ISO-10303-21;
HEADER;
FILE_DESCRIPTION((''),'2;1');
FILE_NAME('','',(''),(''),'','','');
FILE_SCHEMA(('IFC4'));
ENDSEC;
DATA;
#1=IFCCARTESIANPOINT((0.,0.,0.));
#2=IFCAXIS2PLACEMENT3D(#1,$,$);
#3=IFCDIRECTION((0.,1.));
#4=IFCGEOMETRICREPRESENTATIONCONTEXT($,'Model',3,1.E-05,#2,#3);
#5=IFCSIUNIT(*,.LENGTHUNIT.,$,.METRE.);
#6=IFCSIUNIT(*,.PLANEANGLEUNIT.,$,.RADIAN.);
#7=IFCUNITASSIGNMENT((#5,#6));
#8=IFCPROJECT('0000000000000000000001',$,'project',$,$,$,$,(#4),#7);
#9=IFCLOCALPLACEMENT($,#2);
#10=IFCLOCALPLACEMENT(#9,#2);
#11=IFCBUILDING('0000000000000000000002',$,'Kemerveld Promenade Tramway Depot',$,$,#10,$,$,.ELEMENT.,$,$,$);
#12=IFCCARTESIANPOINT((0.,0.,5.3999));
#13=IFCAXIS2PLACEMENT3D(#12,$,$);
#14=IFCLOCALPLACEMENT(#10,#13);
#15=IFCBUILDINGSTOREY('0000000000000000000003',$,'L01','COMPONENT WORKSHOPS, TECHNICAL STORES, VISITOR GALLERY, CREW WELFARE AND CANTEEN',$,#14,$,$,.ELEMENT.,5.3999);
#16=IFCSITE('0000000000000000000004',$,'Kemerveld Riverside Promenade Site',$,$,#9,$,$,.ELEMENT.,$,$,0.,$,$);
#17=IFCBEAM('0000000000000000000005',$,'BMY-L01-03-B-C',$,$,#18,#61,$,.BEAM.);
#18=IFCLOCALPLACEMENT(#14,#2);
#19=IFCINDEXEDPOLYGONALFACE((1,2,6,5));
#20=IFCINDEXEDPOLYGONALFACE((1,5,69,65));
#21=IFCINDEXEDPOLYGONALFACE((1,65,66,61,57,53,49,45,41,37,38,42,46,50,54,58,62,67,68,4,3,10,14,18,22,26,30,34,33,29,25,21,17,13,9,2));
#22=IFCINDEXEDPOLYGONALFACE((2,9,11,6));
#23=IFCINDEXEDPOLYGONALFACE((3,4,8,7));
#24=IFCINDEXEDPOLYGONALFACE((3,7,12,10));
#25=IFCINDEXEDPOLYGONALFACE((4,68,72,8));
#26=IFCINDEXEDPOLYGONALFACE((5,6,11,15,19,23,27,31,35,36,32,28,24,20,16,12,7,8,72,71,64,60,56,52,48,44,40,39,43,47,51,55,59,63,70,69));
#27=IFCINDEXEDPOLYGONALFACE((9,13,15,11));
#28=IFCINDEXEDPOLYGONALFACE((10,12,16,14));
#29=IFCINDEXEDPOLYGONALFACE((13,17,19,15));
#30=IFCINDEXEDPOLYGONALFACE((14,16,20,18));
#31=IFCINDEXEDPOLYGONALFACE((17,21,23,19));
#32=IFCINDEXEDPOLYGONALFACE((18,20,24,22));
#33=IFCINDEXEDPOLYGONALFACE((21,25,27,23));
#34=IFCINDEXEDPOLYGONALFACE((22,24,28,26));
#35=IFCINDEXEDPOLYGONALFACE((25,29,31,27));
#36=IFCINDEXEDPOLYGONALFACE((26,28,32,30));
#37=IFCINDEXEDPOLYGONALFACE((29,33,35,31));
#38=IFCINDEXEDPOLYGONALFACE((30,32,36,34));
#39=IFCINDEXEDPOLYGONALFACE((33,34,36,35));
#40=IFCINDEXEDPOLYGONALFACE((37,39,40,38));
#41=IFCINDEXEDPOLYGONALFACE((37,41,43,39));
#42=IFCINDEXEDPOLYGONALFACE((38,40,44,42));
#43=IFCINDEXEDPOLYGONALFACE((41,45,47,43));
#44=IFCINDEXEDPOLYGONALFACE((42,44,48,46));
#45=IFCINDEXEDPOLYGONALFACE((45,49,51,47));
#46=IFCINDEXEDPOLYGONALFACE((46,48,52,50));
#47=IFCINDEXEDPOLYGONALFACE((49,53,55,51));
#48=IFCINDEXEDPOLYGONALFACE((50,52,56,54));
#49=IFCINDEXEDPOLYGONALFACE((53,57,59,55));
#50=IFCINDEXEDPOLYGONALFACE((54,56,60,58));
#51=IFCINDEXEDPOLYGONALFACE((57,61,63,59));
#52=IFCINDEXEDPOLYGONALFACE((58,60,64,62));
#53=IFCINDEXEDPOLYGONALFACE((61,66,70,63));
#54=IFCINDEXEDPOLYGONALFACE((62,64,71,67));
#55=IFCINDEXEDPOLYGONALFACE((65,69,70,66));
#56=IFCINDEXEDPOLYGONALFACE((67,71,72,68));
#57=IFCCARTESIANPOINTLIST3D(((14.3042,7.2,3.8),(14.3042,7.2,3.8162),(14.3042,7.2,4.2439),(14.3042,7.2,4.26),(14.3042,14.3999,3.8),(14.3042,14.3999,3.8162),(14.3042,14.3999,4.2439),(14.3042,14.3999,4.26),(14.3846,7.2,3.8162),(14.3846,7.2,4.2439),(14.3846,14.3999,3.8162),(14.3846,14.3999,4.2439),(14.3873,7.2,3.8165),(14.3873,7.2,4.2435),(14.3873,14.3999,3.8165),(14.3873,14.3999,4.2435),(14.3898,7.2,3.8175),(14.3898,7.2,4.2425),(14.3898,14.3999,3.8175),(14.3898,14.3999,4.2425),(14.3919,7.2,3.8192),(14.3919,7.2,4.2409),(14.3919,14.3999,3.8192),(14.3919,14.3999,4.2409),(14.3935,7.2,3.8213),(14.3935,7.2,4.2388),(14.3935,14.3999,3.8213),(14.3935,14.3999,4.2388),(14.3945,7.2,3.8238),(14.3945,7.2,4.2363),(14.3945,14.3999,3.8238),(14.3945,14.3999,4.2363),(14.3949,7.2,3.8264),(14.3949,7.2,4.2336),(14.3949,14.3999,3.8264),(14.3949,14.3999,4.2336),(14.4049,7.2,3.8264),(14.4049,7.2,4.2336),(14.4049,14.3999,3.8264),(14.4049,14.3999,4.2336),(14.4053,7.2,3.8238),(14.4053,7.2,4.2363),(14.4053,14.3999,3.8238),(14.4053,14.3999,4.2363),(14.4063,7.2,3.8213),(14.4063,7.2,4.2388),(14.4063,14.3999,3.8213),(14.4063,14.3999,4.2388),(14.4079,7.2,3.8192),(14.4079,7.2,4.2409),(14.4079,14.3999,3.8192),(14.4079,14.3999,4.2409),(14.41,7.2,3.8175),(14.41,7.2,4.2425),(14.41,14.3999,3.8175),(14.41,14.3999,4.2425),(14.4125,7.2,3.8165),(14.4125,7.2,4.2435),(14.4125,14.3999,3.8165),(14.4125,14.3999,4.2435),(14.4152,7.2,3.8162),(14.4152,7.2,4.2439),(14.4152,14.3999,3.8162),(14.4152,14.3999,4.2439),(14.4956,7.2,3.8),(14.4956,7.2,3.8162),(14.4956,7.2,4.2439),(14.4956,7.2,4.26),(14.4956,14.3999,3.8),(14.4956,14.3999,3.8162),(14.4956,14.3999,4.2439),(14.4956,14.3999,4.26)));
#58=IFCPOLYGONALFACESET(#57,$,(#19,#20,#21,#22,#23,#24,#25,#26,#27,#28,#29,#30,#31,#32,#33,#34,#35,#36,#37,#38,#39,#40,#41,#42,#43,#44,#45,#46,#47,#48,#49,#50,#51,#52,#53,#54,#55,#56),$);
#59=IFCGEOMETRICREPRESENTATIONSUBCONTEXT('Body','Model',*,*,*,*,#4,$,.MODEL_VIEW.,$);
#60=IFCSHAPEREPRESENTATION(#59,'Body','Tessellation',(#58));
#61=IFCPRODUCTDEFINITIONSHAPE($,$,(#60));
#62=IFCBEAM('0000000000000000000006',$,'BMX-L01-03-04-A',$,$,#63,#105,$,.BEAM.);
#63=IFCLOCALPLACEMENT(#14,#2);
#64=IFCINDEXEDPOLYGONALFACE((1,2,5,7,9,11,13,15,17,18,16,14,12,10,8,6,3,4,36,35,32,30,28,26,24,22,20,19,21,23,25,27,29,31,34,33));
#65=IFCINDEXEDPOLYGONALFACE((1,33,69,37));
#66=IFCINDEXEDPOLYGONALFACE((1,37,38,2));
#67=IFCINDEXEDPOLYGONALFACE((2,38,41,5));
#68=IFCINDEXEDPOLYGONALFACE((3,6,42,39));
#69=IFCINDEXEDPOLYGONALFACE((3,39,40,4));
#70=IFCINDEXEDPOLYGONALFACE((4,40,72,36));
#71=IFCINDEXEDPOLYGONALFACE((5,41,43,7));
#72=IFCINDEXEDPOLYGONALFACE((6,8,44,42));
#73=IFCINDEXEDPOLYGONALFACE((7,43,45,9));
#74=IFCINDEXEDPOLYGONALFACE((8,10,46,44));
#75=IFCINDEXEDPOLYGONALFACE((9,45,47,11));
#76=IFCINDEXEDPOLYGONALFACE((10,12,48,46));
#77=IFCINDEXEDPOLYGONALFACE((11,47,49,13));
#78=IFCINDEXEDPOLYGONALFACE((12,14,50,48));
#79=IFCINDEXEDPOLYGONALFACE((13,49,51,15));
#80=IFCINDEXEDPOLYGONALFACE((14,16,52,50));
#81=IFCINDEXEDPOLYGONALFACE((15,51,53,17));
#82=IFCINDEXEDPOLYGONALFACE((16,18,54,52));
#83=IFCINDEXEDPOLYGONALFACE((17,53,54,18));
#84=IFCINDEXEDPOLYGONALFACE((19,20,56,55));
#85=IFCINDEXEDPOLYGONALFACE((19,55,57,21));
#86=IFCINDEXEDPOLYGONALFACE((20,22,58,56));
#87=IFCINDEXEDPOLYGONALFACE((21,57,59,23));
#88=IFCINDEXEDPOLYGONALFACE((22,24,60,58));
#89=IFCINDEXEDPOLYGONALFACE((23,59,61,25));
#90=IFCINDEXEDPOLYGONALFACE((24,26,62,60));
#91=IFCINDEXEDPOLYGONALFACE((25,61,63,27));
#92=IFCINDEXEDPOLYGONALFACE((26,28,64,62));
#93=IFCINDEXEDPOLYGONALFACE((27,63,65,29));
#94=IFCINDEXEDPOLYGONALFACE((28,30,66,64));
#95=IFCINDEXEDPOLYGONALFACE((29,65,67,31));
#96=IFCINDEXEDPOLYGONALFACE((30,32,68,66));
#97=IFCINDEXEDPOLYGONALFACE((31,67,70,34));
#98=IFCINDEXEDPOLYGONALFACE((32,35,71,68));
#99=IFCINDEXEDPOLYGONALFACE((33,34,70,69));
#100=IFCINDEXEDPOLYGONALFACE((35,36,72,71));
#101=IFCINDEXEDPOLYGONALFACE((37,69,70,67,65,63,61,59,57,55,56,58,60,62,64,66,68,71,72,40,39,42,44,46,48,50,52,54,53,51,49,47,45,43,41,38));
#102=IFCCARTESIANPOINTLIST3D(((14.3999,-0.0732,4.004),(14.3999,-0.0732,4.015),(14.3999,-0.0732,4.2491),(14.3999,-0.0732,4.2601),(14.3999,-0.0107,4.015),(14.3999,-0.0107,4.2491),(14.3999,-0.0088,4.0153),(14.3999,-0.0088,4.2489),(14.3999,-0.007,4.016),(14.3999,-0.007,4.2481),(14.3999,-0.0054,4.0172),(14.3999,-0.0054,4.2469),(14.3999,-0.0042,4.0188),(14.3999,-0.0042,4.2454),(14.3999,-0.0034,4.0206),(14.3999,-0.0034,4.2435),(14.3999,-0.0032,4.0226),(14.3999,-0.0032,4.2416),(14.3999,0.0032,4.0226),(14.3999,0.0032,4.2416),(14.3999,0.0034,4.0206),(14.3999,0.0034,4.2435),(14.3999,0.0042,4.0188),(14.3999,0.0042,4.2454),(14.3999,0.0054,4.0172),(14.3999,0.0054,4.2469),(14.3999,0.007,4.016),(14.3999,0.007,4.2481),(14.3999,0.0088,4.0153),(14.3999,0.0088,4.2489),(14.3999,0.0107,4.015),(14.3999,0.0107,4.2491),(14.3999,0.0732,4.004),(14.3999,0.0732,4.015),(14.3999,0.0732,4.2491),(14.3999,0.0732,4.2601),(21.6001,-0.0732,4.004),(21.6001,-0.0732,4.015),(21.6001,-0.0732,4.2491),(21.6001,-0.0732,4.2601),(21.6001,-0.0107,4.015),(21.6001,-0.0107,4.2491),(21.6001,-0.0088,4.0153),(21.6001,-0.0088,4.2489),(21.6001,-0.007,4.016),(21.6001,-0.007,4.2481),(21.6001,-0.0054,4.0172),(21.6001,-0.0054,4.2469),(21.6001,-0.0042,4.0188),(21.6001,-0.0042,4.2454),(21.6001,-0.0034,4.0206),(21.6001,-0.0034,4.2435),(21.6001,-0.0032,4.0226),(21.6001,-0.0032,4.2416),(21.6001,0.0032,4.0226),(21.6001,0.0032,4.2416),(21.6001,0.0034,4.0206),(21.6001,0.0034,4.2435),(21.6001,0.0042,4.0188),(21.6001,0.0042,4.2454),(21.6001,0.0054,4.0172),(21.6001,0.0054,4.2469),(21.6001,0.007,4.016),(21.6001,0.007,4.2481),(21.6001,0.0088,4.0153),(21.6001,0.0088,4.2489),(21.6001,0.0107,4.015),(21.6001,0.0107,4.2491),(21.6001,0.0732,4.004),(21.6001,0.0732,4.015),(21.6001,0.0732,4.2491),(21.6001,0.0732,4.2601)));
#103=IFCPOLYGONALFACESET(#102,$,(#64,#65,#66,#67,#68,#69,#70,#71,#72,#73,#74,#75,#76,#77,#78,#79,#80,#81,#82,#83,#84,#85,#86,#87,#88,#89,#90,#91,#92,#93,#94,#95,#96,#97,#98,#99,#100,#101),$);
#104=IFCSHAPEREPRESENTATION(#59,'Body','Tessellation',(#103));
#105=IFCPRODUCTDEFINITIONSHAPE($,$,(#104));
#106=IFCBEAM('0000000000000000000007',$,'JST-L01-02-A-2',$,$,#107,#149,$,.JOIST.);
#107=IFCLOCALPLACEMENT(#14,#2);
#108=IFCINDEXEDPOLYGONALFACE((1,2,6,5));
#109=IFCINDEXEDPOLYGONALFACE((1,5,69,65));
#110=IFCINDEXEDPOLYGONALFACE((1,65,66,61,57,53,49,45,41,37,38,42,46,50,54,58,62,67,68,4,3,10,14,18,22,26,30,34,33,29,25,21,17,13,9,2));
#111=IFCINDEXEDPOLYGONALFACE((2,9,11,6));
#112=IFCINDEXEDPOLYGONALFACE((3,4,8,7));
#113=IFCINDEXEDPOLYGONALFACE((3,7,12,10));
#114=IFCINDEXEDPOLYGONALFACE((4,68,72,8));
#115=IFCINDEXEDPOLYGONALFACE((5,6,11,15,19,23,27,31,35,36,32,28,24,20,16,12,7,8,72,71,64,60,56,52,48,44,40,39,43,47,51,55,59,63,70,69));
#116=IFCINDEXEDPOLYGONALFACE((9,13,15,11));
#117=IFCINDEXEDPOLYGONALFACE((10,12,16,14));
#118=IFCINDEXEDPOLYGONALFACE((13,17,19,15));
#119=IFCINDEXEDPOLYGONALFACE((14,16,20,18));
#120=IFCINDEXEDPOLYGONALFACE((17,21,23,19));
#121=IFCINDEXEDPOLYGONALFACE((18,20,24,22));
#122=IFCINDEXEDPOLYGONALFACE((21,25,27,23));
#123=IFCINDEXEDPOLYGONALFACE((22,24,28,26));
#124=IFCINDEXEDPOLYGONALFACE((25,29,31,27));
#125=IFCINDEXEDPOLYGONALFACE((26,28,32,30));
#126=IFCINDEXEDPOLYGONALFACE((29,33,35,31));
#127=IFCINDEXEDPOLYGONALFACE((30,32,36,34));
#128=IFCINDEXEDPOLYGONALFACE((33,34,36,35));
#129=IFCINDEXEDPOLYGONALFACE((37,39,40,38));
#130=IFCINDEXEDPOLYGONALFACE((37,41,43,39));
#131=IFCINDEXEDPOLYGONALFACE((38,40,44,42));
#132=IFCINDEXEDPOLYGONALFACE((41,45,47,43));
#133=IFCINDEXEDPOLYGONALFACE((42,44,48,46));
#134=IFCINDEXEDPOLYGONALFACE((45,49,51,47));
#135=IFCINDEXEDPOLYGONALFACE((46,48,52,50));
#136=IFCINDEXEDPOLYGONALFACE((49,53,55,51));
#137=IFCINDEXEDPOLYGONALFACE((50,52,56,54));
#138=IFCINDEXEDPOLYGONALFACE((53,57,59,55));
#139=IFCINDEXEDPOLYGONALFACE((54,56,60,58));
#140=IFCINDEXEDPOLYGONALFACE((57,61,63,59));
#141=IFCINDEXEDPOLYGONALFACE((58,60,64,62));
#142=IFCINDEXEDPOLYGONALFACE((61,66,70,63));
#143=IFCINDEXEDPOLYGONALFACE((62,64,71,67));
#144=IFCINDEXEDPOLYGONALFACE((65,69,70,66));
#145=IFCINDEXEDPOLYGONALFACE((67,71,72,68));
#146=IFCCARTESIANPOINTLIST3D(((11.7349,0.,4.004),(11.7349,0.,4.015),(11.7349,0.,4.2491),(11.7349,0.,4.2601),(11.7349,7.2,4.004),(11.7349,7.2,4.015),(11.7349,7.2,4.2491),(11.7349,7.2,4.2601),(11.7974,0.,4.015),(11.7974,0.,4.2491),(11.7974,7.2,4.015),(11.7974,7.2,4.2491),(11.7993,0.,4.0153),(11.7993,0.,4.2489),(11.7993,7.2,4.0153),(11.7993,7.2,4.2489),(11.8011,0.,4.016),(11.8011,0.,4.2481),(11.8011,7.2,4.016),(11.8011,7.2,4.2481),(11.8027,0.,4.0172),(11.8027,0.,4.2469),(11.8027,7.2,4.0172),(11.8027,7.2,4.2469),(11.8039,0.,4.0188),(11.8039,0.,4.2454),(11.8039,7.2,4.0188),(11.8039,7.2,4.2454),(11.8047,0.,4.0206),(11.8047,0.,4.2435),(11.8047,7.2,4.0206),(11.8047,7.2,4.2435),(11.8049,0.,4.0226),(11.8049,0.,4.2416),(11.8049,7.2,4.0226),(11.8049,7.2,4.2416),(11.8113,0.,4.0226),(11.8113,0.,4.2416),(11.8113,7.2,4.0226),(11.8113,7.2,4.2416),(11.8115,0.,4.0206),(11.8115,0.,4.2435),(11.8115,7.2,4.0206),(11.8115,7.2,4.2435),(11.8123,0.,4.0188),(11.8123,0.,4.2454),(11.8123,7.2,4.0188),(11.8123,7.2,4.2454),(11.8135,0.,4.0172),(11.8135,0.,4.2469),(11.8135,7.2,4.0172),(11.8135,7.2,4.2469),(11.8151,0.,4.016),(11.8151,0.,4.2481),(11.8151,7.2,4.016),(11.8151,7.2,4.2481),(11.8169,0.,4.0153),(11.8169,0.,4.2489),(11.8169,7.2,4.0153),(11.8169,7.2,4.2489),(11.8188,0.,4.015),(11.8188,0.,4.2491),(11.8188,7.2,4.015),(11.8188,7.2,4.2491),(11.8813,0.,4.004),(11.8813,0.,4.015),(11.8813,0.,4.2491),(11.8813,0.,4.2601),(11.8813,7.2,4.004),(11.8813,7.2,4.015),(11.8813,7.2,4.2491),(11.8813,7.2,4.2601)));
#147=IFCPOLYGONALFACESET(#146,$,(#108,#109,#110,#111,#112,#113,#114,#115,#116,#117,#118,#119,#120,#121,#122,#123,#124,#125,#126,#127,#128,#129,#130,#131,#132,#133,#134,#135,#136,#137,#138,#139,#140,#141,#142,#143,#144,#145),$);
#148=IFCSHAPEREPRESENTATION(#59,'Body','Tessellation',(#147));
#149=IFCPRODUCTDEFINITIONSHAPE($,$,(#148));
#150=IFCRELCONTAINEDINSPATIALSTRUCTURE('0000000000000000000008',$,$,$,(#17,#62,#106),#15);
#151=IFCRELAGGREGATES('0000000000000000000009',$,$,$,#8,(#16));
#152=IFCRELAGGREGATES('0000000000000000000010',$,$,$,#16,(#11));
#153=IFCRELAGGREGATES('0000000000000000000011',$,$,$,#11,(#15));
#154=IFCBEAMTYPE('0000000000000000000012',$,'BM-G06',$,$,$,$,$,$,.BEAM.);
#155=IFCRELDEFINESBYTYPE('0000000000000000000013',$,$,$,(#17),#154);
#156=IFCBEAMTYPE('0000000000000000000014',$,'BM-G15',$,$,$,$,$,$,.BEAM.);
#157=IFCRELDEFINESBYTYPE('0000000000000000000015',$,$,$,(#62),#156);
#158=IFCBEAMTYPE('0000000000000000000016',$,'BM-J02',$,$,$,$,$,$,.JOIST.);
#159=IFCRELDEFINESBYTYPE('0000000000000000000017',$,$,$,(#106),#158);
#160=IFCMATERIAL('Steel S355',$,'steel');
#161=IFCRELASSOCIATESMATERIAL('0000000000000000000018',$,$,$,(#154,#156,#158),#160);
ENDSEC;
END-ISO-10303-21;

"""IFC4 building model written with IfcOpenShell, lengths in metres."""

from ifc_helpers import new_model, si_unit, direction, frame, origin, origin_2d, place, context, subcontext, project, spatial, i_section, extrude, material, material_profile, profile_set, type_object, element, save


model = new_model("IFC4")

# Units and contexts
model_context = context("Model", 3, precision=1e-05, world=origin(), true_north=direction((0.0, 1.0)))
body_context = subcontext(model_context, "Body", "Model", "MODEL_VIEW")
ifc_project = project(units=[si_unit("LENGTHUNIT", "METRE"), si_unit("PLANEANGLEUNIT", "RADIAN")], contexts=[model_context])

# Site, building, storey
site_placement = place(None, origin())
site = spatial("IfcSite", under=ifc_project, at=site_placement, Name="Kemerveld Riverside Promenade Site", CompositionType="ELEMENT", RefElevation=0.0)
building_placement = place(site_placement, origin())
building = spatial("IfcBuilding", under=site, at=building_placement, Name="Kemerveld Promenade Tramway Depot", CompositionType="ELEMENT")
storey_placement = place(building_placement, frame((0.0, 0.0, 5.3999)))
storey = spatial("IfcBuildingStorey", under=building, at=storey_placement, Name="L01", Description="COMPONENT WORKSHOPS, TECHNICAL STORES, VISITOR GALLERY, CREW WELFARE AND CANTEEN", CompositionType="ELEMENT", Elevation=5.3999)

# Shared definitions
ifc_material_1 = material(Name="Steel S355", Category="steel")

# Beams
ifc_material_profile_1 = material_profile(ifc_material_1, i_section(OverallWidth=0.1914, OverallDepth=0.46, WebThickness=0.01, FlangeThickness=0.0161, FilletRadius=0.0103, at=origin_2d()), Name="457x191x82 UB")
ifc_profile_set_1 = profile_set([ifc_material_profile_1], Name="Steel S355")
beam_type_1 = type_object("IfcBeamType", Name="BM-G06", PredefinedType="BEAM", material=ifc_profile_set_1)
for number, where, z_axis, x_axis, name in (
    (1, (14.3999, 7.2, 4.03), (0.0, 1.0, 0.0), (-1.0, 0.0, 0.0), "BMY-L01-03-B-C"),
):
    element("IfcBeam", number, at=place(storey_placement, frame(where, z_axis=z_axis, x_axis=x_axis)), inside=storey, type_object=beam_type_1, Name=name, PredefinedType="BEAM", context=body_context, shape_type="SweptSolid", body=[
        extrude(i_section(OverallWidth=0.1914, OverallDepth=0.46, WebThickness=0.01, FlangeThickness=0.0161, FilletRadius=0.0103, at=origin_2d()), origin(), (0.0, 0.0, 1.0), 7.2),
    ])
ifc_material_profile_2 = material_profile(ifc_material_1, i_section(OverallWidth=0.1465, OverallDepth=0.2561, WebThickness=0.0063, FlangeThickness=0.011, FilletRadius=0.0076, at=origin_2d()), Name="254x146x37 UB")
ifc_profile_set_2 = profile_set([ifc_material_profile_2], Name="Steel S355")
beam_type_2 = type_object("IfcBeamType", Name="BM-G15", PredefinedType="BEAM", material=ifc_profile_set_2)
beam_1_placement = place(storey_placement, frame((14.3999, 0.0, 4.1321), z_axis=(1.0, 0.0, 0.0), x_axis=(0.0, 1.0, 0.0)))
element("IfcBeam", 2, at=beam_1_placement, inside=storey, type_object=beam_type_2, Name="BMX-L01-03-04-A", PredefinedType="BEAM", context=body_context, shape_type="SweptSolid", body=[
    extrude(i_section(OverallWidth=0.1465, OverallDepth=0.2561, WebThickness=0.0063, FlangeThickness=0.011, FilletRadius=0.0076, at=origin_2d()), origin(), (0.0, 0.0, 1.0), 7.2002),
])
ifc_material_profile_3 = material_profile(ifc_material_1, i_section(OverallWidth=0.1465, OverallDepth=0.2561, WebThickness=0.0063, FlangeThickness=0.011, FilletRadius=0.0076, at=origin_2d()), Name="254x146x37 UB")
ifc_profile_set_3 = profile_set([ifc_material_profile_3], Name="Steel S355")
beam_type_3 = type_object("IfcBeamType", Name="BM-J02", PredefinedType="JOIST", material=ifc_profile_set_3)
beam_2_placement = place(storey_placement, frame((11.8081, 0.0, 4.1321), z_axis=(0.0, 1.0, 0.0), x_axis=(-1.0, 0.0, 0.0)))
element("IfcBeam", 3, at=beam_2_placement, inside=storey, type_object=beam_type_3, Name="JST-L01-02-A-2", PredefinedType="JOIST", context=body_context, shape_type="SweptSolid", body=[
    extrude(i_section(OverallWidth=0.1465, OverallDepth=0.2561, WebThickness=0.0063, FlangeThickness=0.011, FilletRadius=0.0076, at=origin_2d()), origin(), (0.0, 0.0, 1.0), 7.2),
])

save(model, "model.ifc")
